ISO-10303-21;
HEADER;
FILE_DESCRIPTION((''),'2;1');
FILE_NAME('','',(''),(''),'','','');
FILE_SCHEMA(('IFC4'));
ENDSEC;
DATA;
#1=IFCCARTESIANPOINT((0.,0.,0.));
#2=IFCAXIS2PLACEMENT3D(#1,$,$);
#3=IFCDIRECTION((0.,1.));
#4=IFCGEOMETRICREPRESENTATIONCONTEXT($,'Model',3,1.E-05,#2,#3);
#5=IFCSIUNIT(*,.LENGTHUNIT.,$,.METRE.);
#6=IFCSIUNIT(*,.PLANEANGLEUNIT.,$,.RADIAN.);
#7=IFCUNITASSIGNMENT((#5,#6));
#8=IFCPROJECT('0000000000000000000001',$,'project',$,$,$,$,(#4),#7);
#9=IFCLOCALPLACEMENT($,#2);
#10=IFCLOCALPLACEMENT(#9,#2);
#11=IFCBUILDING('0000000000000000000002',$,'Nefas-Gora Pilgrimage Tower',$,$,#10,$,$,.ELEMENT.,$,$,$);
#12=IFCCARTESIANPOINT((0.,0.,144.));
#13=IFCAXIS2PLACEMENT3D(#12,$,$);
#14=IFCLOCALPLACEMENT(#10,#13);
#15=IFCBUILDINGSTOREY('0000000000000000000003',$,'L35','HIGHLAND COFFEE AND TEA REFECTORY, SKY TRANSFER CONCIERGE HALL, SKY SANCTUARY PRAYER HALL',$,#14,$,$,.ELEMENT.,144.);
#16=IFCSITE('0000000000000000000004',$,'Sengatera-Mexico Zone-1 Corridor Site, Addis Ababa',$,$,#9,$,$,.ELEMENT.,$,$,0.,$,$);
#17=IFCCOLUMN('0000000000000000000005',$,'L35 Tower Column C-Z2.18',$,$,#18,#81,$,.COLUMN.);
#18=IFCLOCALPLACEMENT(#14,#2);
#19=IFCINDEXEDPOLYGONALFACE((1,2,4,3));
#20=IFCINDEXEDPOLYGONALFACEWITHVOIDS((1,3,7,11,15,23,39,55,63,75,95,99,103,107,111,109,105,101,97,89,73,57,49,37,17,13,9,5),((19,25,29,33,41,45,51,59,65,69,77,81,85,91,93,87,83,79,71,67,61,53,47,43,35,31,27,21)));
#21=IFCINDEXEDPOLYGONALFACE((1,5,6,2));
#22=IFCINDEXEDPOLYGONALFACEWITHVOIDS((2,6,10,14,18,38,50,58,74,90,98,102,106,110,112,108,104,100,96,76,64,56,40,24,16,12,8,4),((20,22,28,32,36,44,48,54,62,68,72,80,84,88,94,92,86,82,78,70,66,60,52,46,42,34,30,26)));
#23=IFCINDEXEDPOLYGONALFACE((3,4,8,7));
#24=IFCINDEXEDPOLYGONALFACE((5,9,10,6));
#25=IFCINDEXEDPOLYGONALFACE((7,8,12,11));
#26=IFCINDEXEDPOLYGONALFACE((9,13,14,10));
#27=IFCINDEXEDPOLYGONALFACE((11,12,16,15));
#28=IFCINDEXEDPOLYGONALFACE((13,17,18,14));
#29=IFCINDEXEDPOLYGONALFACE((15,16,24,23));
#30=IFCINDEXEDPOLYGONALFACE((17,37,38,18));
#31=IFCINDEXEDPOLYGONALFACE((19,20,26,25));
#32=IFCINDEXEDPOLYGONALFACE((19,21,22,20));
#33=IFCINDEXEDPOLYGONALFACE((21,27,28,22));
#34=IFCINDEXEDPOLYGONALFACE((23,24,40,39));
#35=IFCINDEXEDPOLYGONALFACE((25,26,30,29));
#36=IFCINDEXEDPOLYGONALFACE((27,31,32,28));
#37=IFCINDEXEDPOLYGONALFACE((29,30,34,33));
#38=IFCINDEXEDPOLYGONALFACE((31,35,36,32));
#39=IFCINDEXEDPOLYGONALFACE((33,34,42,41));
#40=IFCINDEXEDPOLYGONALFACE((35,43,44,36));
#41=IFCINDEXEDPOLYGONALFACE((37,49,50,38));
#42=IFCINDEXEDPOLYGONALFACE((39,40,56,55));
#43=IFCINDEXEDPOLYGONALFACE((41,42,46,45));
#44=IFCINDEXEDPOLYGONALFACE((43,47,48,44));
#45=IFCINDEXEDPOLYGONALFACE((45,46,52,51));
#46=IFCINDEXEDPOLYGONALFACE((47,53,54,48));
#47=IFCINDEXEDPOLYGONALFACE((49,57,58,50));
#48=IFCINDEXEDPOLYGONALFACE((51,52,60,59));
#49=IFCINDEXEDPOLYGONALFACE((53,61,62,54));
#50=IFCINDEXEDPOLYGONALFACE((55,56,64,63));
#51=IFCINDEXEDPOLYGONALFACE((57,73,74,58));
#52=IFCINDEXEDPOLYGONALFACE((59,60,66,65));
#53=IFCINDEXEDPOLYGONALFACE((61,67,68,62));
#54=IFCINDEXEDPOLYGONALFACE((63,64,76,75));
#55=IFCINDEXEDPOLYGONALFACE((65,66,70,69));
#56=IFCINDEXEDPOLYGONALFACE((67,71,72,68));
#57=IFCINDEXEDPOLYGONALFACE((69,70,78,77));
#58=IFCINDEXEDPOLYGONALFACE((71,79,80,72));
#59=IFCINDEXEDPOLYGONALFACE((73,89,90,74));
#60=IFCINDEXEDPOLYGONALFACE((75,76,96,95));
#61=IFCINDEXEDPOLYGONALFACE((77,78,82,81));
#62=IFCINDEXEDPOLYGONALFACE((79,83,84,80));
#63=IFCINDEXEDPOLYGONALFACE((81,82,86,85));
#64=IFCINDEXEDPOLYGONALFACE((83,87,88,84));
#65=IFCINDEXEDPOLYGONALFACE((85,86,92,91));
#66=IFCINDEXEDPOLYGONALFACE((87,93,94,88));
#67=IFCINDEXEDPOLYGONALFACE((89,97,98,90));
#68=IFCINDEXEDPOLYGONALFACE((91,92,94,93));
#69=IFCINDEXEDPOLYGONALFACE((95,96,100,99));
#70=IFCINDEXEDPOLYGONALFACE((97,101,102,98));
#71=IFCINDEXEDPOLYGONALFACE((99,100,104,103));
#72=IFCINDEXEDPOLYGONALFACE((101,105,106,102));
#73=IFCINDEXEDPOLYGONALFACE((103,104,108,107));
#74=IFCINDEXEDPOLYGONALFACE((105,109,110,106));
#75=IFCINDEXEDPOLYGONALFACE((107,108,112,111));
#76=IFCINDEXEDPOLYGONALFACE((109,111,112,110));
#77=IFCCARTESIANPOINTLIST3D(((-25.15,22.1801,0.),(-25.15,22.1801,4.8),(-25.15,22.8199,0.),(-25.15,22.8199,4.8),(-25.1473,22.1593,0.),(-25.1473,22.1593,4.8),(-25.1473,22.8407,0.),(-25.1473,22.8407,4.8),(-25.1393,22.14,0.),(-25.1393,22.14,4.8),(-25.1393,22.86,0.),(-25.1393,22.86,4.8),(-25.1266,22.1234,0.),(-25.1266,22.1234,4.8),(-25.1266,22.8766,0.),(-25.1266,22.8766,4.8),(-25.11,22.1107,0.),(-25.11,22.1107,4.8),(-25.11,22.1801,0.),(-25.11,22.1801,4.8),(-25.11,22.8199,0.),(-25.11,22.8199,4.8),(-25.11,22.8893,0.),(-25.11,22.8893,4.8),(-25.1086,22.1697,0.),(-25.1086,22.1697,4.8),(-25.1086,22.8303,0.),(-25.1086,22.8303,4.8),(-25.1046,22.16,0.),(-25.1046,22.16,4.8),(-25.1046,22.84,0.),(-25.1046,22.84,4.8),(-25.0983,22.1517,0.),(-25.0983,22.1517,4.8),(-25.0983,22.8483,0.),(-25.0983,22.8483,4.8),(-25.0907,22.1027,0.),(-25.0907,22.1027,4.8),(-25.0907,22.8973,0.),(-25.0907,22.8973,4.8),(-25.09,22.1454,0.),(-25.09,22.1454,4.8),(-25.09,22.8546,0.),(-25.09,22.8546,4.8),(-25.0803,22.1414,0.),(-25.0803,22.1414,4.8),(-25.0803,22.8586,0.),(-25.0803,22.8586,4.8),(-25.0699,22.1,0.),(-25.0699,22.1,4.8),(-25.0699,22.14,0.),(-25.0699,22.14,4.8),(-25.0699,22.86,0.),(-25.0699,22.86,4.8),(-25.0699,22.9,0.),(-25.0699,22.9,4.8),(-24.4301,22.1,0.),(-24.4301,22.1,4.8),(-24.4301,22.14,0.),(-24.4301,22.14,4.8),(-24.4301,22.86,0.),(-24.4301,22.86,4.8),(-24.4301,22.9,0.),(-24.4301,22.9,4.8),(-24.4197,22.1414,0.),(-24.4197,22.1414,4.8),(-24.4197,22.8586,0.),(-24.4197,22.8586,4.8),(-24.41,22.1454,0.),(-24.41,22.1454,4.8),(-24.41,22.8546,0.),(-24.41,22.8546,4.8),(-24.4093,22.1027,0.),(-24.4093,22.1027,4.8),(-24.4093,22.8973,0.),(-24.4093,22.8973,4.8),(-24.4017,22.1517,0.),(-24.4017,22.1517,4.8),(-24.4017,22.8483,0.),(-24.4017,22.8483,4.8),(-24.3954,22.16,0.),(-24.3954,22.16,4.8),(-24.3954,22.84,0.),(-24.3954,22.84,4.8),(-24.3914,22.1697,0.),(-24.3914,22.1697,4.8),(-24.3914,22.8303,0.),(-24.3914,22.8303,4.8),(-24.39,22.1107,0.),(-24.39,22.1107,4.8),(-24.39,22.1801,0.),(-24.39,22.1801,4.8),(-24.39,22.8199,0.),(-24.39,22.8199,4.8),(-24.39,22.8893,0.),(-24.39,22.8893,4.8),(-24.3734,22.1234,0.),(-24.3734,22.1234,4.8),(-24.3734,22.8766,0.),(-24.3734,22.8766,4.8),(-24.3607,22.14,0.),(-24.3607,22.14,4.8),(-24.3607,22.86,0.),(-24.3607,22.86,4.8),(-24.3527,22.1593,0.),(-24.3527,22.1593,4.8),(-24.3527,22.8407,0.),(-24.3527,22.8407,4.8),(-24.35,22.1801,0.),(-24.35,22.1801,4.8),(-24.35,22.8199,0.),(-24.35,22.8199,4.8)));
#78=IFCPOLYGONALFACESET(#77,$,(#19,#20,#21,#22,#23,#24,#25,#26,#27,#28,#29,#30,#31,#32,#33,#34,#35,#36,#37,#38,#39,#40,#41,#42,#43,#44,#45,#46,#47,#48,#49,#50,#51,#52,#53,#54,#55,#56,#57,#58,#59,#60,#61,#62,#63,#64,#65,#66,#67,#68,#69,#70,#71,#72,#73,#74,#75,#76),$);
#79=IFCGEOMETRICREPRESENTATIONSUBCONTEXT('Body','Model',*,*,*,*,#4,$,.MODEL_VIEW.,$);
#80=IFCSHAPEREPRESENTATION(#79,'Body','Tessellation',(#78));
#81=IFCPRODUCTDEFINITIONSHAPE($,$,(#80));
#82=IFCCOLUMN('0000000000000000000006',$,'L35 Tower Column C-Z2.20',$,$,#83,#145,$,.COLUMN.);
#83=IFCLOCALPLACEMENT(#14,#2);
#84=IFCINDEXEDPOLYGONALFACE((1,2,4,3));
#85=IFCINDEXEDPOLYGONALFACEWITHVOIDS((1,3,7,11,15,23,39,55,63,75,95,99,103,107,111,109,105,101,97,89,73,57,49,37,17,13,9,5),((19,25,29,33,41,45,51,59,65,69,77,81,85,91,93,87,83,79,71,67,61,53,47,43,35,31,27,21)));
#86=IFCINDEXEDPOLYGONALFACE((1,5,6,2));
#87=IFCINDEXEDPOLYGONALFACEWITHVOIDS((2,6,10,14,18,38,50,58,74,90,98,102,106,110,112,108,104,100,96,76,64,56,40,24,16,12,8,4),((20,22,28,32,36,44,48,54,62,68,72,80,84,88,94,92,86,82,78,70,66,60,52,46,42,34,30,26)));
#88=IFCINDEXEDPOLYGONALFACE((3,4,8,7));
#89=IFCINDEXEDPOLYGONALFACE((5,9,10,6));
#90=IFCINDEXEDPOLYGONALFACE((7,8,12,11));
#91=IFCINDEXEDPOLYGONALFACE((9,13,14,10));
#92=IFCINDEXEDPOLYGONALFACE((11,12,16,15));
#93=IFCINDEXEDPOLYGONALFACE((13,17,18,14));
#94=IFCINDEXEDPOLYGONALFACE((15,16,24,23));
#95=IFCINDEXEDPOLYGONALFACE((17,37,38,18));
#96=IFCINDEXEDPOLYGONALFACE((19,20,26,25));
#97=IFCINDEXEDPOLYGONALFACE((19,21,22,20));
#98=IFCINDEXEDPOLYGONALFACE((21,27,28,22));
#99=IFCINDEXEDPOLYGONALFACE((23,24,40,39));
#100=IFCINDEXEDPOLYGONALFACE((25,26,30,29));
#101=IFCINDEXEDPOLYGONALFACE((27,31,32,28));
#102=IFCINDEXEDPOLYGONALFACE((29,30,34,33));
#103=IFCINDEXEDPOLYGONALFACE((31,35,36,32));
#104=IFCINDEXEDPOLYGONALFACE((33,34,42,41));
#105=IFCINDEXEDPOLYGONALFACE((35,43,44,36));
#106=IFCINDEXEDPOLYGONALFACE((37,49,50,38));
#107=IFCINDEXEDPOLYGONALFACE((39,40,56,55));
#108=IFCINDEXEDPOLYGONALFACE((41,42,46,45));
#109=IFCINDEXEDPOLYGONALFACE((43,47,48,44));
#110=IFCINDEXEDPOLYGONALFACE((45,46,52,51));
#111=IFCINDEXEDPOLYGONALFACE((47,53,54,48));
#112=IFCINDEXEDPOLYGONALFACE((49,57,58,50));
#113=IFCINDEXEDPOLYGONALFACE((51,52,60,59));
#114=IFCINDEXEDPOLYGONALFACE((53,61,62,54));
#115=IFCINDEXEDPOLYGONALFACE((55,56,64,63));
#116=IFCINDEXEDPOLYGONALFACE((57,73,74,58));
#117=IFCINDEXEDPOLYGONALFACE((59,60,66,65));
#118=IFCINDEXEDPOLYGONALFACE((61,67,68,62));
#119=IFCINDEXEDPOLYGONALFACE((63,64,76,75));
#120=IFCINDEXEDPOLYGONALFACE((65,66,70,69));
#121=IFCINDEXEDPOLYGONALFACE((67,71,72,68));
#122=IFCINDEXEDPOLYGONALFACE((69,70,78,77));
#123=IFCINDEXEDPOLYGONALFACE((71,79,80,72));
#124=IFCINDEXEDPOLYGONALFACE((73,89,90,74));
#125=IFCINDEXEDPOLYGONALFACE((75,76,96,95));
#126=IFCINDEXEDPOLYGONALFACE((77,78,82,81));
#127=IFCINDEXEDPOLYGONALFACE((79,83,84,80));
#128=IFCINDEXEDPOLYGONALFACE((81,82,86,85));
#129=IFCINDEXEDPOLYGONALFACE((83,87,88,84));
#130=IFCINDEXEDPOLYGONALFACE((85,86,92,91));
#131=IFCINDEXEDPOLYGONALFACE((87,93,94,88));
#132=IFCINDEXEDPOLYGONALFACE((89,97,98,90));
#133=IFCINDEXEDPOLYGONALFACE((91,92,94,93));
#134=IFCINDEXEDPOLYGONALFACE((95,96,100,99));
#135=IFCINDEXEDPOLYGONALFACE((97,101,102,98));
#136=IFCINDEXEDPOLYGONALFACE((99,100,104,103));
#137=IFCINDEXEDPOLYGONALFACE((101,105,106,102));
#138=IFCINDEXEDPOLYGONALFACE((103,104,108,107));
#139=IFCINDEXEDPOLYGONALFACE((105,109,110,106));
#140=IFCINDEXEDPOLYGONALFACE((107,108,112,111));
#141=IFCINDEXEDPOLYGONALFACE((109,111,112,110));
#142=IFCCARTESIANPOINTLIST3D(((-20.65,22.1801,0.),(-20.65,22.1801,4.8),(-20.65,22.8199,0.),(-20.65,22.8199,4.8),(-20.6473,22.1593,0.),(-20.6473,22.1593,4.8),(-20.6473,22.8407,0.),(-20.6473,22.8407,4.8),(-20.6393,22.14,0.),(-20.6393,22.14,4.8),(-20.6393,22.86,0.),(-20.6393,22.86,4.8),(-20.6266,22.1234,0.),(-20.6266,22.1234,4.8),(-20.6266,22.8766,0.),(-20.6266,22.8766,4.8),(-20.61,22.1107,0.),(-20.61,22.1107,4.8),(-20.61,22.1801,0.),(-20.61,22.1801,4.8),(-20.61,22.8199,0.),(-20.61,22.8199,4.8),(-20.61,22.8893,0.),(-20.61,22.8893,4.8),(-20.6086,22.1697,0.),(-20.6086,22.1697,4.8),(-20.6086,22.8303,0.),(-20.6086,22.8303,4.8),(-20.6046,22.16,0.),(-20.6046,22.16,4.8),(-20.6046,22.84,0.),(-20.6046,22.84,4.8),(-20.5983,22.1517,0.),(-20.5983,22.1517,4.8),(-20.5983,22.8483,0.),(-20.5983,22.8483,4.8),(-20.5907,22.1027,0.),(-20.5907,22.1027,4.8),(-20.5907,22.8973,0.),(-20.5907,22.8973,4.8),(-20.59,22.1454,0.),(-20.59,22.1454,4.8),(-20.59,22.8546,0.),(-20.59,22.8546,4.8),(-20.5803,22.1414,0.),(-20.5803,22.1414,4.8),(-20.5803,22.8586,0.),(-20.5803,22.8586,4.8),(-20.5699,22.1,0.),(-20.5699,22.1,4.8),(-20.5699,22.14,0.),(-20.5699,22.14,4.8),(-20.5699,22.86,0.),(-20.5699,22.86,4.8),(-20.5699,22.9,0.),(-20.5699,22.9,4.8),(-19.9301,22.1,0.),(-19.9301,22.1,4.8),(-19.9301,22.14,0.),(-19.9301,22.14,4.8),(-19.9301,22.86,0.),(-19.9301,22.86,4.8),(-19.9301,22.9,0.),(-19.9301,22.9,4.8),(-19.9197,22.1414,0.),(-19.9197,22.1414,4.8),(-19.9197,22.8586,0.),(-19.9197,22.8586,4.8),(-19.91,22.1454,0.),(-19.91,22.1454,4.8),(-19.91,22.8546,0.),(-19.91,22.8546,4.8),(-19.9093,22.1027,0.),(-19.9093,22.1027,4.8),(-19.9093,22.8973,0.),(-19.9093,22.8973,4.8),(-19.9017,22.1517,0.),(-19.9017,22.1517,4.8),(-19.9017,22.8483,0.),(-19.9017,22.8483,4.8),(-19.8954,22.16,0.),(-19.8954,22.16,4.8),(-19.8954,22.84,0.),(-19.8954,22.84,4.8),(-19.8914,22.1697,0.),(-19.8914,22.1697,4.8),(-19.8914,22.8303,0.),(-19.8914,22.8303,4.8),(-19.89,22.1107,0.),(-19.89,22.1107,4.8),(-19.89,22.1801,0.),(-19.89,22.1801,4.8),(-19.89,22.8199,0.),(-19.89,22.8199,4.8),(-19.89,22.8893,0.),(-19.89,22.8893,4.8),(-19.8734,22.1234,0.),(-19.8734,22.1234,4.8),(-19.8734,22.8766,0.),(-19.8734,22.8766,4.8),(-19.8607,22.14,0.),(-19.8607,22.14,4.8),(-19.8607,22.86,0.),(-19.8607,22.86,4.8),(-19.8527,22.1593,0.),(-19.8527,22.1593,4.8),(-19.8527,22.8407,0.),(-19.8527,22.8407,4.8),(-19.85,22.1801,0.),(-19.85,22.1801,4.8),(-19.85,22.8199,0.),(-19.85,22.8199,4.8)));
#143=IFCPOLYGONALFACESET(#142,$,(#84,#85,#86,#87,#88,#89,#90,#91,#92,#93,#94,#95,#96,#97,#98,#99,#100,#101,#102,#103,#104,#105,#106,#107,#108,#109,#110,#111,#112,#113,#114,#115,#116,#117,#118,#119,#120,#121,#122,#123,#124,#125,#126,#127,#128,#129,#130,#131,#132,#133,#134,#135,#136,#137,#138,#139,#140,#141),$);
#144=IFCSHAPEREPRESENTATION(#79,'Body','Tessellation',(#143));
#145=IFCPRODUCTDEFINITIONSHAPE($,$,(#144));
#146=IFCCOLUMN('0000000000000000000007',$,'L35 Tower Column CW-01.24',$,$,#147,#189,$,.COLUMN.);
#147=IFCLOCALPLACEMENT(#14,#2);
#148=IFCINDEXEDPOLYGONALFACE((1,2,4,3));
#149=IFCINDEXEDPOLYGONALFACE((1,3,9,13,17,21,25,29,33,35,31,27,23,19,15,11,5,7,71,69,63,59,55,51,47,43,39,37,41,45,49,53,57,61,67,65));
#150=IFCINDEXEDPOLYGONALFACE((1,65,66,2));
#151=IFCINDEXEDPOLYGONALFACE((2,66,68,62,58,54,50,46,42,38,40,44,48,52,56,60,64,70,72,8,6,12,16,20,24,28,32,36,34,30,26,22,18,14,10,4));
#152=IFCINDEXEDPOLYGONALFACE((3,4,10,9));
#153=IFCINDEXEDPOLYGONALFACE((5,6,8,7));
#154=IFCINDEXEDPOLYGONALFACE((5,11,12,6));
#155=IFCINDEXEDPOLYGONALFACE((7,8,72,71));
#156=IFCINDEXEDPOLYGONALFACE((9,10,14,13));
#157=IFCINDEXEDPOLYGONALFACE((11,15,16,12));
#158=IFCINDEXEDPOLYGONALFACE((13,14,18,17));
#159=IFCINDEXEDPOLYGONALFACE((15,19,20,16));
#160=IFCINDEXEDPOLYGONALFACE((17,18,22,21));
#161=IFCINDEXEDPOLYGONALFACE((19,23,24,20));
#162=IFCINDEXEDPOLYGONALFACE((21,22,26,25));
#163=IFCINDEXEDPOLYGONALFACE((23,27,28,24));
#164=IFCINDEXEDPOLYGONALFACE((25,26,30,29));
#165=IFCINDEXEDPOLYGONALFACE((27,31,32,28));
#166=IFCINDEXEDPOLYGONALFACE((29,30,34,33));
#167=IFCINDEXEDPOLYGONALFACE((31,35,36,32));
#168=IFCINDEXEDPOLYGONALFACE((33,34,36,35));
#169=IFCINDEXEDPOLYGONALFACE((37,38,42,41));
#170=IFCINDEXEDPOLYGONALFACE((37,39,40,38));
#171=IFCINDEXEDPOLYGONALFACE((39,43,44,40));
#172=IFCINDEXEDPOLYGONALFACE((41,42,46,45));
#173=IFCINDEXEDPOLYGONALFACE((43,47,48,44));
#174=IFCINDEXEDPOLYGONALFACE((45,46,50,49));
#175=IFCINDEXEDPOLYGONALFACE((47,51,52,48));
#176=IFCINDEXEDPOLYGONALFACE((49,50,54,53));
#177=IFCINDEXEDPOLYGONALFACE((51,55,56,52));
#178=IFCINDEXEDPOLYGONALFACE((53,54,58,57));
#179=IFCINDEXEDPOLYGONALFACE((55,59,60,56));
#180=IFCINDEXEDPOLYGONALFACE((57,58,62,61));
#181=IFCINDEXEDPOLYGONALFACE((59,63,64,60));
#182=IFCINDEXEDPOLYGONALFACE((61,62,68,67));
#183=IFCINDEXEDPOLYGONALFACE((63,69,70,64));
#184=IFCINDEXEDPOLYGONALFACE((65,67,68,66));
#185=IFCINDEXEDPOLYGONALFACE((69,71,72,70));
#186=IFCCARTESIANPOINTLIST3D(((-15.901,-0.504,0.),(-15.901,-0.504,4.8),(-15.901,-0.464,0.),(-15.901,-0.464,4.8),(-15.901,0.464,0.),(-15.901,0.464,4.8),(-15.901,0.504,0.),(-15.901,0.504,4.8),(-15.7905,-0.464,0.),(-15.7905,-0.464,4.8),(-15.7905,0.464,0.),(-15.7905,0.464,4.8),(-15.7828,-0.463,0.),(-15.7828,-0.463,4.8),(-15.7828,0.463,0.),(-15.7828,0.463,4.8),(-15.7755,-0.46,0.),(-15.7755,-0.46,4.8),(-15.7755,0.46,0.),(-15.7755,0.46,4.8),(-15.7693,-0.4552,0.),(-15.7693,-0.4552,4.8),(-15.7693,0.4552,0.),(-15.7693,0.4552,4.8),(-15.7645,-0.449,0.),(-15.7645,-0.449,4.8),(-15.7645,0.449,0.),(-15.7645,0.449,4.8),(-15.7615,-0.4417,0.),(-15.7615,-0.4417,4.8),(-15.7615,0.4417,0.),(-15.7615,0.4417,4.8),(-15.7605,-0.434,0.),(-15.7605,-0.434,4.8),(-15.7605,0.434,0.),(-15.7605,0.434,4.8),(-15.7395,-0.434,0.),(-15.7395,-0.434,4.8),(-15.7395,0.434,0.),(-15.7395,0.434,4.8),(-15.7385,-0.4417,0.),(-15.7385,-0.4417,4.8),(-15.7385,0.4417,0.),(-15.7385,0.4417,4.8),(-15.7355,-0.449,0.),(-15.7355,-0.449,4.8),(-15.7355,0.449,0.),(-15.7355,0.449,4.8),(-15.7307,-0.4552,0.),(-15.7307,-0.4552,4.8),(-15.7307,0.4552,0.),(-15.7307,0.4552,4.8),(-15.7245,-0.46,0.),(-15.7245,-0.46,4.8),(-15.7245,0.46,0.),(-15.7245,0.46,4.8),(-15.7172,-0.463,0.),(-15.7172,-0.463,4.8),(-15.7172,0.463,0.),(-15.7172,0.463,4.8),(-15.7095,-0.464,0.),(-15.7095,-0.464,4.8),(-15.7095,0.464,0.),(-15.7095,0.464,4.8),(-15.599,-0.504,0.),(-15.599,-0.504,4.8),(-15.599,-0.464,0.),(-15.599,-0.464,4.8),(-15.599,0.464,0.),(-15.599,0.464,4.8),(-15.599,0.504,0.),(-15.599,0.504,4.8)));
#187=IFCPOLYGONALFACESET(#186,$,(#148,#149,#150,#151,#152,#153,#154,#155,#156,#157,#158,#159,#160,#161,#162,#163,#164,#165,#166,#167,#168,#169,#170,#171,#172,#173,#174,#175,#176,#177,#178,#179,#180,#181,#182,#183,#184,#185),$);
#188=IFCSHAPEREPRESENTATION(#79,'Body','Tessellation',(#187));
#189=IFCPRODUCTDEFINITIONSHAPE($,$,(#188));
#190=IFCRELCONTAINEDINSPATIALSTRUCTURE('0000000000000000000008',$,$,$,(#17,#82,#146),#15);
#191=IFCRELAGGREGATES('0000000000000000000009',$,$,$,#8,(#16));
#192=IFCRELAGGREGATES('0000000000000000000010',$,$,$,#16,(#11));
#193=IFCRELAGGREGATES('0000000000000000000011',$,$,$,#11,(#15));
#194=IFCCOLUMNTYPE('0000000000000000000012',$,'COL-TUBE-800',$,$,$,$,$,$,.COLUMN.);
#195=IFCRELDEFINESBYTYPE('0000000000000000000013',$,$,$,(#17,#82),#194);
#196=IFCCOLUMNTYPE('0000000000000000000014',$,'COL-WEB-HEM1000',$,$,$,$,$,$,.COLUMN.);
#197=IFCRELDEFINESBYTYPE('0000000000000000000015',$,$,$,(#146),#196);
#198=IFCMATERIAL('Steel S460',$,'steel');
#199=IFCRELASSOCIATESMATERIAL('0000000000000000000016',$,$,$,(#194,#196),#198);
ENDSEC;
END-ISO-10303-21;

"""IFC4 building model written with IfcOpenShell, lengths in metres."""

from ifc_helpers import new_model, si_unit, direction, frame, origin, origin_2d, place, context, subcontext, project, spatial, hollow_rectangle, i_section, extrude, source, transform, mapped, material, material_profile, profile_set, type_object, element, save


model = new_model("IFC4")

# Units and contexts
model_context = context("Model", 3, precision=1e-05, world=origin(), true_north=direction((0.0, 1.0)))
body_context = subcontext(model_context, "Body", "Model", "MODEL_VIEW")
ifc_project = project(units=[si_unit("LENGTHUNIT", "METRE"), si_unit("PLANEANGLEUNIT", "RADIAN")], contexts=[model_context])

# Site, building, storey
site_placement = place(None, origin())
site = spatial("IfcSite", under=ifc_project, at=site_placement, Name="Sengatera-Mexico Zone-1 Corridor Site, Addis Ababa", CompositionType="ELEMENT", RefElevation=0.0)
building_placement = place(site_placement, origin())
building = spatial("IfcBuilding", under=site, at=building_placement, Name="Nefas-Gora Pilgrimage Tower", CompositionType="ELEMENT")
storey_placement = place(building_placement, frame((0.0, 0.0, 144.0)))
storey = spatial("IfcBuildingStorey", under=building, at=storey_placement, Name="L35", Description="HIGHLAND COFFEE AND TEA REFECTORY, SKY TRANSFER CONCIERGE HALL, SKY SANCTUARY PRAYER HALL", CompositionType="ELEMENT", Elevation=144.0)

# Columns
ifc_material_1 = material(Name="Steel S460", Category="steel")
ifc_material_profile_1 = material_profile(ifc_material_1, hollow_rectangle(XDim=0.8, YDim=0.8, WallThickness=0.04, InnerFilletRadius=0.04, OuterFilletRadius=0.0801, at=origin_2d()), Name="BOX 800x800x40")
ifc_profile_set_1 = profile_set([ifc_material_profile_1], Name="Steel S460")
column_type_1 = type_object("IfcColumnType", Name="COL-TUBE-800", PredefinedType="COLUMN", material=ifc_profile_set_1)
shared_shape_1 = source(origin(), body_context, "Body", "SweptSolid", [
    extrude(hollow_rectangle(XDim=0.8, YDim=0.8, WallThickness=0.04, InnerFilletRadius=0.04, OuterFilletRadius=0.0801, at=origin_2d()), origin(), (0.0, 0.0, 1.0), 4.8),
])
for number, where, z_axis, x_axis, name in (
    (1, (-24.75, 22.5, 0.0), (0.0, 0.0, 1.0), (1.0, 0.0, 0.0), "L35 Tower Column C-Z2.18"),
    (2, (-20.25, 22.5, 0.0), (0.0, 0.0, 1.0), (1.0, 0.0, 0.0), "L35 Tower Column C-Z2.20"),
):
    element("IfcColumn", number, at=place(storey_placement, frame(where, z_axis=z_axis, x_axis=x_axis)), inside=storey, type_object=column_type_1, Name=name, PredefinedType="COLUMN", context=body_context, shape_type="MappedRepresentation", body=[
        mapped(shared_shape_1, transform((0.0, 0.0, 0.0), x_axis=(1.0, 0.0, 0.0), y_axis=(0.0, 1.0, 0.0), z_axis=(0.0, 0.0, 1.0), scale=1.0)),
    ])
ifc_material_profile_2 = material_profile(ifc_material_1, i_section(OverallWidth=0.302, OverallDepth=1.0081, WebThickness=0.021, FlangeThickness=0.04, FilletRadius=0.03, at=origin_2d()), Name="HEM 1000")
ifc_profile_set_2 = profile_set([ifc_material_profile_2], Name="Steel S460")
column_type_2 = type_object("IfcColumnType", Name="COL-WEB-HEM1000", PredefinedType="COLUMN", material=ifc_profile_set_2)
shared_shape_2 = source(origin(), body_context, "Body", "SweptSolid", [
    extrude(i_section(OverallWidth=0.302, OverallDepth=1.0081, WebThickness=0.021, FlangeThickness=0.04, FilletRadius=0.03, at=origin_2d()), origin(), (0.0, 0.0, 1.0), 4.8),
])
for number, where, z_axis, x_axis, name in (
    (3, (-15.75, 0.0, 0.0), (0.0, 0.0, 1.0), (1.0, 0.0, 0.0), "L35 Tower Column CW-01.24"),
):
    element("IfcColumn", number, at=place(storey_placement, frame(where, z_axis=z_axis, x_axis=x_axis)), inside=storey, type_object=column_type_2, Name=name, PredefinedType="COLUMN", context=body_context, shape_type="MappedRepresentation", body=[
        mapped(shared_shape_2, transform((0.0, 0.0, 0.0), x_axis=(1.0, 0.0, 0.0), y_axis=(0.0, 1.0, 0.0), z_axis=(0.0, 0.0, 1.0), scale=1.0)),
    ])

save(model, "model.ifc")
